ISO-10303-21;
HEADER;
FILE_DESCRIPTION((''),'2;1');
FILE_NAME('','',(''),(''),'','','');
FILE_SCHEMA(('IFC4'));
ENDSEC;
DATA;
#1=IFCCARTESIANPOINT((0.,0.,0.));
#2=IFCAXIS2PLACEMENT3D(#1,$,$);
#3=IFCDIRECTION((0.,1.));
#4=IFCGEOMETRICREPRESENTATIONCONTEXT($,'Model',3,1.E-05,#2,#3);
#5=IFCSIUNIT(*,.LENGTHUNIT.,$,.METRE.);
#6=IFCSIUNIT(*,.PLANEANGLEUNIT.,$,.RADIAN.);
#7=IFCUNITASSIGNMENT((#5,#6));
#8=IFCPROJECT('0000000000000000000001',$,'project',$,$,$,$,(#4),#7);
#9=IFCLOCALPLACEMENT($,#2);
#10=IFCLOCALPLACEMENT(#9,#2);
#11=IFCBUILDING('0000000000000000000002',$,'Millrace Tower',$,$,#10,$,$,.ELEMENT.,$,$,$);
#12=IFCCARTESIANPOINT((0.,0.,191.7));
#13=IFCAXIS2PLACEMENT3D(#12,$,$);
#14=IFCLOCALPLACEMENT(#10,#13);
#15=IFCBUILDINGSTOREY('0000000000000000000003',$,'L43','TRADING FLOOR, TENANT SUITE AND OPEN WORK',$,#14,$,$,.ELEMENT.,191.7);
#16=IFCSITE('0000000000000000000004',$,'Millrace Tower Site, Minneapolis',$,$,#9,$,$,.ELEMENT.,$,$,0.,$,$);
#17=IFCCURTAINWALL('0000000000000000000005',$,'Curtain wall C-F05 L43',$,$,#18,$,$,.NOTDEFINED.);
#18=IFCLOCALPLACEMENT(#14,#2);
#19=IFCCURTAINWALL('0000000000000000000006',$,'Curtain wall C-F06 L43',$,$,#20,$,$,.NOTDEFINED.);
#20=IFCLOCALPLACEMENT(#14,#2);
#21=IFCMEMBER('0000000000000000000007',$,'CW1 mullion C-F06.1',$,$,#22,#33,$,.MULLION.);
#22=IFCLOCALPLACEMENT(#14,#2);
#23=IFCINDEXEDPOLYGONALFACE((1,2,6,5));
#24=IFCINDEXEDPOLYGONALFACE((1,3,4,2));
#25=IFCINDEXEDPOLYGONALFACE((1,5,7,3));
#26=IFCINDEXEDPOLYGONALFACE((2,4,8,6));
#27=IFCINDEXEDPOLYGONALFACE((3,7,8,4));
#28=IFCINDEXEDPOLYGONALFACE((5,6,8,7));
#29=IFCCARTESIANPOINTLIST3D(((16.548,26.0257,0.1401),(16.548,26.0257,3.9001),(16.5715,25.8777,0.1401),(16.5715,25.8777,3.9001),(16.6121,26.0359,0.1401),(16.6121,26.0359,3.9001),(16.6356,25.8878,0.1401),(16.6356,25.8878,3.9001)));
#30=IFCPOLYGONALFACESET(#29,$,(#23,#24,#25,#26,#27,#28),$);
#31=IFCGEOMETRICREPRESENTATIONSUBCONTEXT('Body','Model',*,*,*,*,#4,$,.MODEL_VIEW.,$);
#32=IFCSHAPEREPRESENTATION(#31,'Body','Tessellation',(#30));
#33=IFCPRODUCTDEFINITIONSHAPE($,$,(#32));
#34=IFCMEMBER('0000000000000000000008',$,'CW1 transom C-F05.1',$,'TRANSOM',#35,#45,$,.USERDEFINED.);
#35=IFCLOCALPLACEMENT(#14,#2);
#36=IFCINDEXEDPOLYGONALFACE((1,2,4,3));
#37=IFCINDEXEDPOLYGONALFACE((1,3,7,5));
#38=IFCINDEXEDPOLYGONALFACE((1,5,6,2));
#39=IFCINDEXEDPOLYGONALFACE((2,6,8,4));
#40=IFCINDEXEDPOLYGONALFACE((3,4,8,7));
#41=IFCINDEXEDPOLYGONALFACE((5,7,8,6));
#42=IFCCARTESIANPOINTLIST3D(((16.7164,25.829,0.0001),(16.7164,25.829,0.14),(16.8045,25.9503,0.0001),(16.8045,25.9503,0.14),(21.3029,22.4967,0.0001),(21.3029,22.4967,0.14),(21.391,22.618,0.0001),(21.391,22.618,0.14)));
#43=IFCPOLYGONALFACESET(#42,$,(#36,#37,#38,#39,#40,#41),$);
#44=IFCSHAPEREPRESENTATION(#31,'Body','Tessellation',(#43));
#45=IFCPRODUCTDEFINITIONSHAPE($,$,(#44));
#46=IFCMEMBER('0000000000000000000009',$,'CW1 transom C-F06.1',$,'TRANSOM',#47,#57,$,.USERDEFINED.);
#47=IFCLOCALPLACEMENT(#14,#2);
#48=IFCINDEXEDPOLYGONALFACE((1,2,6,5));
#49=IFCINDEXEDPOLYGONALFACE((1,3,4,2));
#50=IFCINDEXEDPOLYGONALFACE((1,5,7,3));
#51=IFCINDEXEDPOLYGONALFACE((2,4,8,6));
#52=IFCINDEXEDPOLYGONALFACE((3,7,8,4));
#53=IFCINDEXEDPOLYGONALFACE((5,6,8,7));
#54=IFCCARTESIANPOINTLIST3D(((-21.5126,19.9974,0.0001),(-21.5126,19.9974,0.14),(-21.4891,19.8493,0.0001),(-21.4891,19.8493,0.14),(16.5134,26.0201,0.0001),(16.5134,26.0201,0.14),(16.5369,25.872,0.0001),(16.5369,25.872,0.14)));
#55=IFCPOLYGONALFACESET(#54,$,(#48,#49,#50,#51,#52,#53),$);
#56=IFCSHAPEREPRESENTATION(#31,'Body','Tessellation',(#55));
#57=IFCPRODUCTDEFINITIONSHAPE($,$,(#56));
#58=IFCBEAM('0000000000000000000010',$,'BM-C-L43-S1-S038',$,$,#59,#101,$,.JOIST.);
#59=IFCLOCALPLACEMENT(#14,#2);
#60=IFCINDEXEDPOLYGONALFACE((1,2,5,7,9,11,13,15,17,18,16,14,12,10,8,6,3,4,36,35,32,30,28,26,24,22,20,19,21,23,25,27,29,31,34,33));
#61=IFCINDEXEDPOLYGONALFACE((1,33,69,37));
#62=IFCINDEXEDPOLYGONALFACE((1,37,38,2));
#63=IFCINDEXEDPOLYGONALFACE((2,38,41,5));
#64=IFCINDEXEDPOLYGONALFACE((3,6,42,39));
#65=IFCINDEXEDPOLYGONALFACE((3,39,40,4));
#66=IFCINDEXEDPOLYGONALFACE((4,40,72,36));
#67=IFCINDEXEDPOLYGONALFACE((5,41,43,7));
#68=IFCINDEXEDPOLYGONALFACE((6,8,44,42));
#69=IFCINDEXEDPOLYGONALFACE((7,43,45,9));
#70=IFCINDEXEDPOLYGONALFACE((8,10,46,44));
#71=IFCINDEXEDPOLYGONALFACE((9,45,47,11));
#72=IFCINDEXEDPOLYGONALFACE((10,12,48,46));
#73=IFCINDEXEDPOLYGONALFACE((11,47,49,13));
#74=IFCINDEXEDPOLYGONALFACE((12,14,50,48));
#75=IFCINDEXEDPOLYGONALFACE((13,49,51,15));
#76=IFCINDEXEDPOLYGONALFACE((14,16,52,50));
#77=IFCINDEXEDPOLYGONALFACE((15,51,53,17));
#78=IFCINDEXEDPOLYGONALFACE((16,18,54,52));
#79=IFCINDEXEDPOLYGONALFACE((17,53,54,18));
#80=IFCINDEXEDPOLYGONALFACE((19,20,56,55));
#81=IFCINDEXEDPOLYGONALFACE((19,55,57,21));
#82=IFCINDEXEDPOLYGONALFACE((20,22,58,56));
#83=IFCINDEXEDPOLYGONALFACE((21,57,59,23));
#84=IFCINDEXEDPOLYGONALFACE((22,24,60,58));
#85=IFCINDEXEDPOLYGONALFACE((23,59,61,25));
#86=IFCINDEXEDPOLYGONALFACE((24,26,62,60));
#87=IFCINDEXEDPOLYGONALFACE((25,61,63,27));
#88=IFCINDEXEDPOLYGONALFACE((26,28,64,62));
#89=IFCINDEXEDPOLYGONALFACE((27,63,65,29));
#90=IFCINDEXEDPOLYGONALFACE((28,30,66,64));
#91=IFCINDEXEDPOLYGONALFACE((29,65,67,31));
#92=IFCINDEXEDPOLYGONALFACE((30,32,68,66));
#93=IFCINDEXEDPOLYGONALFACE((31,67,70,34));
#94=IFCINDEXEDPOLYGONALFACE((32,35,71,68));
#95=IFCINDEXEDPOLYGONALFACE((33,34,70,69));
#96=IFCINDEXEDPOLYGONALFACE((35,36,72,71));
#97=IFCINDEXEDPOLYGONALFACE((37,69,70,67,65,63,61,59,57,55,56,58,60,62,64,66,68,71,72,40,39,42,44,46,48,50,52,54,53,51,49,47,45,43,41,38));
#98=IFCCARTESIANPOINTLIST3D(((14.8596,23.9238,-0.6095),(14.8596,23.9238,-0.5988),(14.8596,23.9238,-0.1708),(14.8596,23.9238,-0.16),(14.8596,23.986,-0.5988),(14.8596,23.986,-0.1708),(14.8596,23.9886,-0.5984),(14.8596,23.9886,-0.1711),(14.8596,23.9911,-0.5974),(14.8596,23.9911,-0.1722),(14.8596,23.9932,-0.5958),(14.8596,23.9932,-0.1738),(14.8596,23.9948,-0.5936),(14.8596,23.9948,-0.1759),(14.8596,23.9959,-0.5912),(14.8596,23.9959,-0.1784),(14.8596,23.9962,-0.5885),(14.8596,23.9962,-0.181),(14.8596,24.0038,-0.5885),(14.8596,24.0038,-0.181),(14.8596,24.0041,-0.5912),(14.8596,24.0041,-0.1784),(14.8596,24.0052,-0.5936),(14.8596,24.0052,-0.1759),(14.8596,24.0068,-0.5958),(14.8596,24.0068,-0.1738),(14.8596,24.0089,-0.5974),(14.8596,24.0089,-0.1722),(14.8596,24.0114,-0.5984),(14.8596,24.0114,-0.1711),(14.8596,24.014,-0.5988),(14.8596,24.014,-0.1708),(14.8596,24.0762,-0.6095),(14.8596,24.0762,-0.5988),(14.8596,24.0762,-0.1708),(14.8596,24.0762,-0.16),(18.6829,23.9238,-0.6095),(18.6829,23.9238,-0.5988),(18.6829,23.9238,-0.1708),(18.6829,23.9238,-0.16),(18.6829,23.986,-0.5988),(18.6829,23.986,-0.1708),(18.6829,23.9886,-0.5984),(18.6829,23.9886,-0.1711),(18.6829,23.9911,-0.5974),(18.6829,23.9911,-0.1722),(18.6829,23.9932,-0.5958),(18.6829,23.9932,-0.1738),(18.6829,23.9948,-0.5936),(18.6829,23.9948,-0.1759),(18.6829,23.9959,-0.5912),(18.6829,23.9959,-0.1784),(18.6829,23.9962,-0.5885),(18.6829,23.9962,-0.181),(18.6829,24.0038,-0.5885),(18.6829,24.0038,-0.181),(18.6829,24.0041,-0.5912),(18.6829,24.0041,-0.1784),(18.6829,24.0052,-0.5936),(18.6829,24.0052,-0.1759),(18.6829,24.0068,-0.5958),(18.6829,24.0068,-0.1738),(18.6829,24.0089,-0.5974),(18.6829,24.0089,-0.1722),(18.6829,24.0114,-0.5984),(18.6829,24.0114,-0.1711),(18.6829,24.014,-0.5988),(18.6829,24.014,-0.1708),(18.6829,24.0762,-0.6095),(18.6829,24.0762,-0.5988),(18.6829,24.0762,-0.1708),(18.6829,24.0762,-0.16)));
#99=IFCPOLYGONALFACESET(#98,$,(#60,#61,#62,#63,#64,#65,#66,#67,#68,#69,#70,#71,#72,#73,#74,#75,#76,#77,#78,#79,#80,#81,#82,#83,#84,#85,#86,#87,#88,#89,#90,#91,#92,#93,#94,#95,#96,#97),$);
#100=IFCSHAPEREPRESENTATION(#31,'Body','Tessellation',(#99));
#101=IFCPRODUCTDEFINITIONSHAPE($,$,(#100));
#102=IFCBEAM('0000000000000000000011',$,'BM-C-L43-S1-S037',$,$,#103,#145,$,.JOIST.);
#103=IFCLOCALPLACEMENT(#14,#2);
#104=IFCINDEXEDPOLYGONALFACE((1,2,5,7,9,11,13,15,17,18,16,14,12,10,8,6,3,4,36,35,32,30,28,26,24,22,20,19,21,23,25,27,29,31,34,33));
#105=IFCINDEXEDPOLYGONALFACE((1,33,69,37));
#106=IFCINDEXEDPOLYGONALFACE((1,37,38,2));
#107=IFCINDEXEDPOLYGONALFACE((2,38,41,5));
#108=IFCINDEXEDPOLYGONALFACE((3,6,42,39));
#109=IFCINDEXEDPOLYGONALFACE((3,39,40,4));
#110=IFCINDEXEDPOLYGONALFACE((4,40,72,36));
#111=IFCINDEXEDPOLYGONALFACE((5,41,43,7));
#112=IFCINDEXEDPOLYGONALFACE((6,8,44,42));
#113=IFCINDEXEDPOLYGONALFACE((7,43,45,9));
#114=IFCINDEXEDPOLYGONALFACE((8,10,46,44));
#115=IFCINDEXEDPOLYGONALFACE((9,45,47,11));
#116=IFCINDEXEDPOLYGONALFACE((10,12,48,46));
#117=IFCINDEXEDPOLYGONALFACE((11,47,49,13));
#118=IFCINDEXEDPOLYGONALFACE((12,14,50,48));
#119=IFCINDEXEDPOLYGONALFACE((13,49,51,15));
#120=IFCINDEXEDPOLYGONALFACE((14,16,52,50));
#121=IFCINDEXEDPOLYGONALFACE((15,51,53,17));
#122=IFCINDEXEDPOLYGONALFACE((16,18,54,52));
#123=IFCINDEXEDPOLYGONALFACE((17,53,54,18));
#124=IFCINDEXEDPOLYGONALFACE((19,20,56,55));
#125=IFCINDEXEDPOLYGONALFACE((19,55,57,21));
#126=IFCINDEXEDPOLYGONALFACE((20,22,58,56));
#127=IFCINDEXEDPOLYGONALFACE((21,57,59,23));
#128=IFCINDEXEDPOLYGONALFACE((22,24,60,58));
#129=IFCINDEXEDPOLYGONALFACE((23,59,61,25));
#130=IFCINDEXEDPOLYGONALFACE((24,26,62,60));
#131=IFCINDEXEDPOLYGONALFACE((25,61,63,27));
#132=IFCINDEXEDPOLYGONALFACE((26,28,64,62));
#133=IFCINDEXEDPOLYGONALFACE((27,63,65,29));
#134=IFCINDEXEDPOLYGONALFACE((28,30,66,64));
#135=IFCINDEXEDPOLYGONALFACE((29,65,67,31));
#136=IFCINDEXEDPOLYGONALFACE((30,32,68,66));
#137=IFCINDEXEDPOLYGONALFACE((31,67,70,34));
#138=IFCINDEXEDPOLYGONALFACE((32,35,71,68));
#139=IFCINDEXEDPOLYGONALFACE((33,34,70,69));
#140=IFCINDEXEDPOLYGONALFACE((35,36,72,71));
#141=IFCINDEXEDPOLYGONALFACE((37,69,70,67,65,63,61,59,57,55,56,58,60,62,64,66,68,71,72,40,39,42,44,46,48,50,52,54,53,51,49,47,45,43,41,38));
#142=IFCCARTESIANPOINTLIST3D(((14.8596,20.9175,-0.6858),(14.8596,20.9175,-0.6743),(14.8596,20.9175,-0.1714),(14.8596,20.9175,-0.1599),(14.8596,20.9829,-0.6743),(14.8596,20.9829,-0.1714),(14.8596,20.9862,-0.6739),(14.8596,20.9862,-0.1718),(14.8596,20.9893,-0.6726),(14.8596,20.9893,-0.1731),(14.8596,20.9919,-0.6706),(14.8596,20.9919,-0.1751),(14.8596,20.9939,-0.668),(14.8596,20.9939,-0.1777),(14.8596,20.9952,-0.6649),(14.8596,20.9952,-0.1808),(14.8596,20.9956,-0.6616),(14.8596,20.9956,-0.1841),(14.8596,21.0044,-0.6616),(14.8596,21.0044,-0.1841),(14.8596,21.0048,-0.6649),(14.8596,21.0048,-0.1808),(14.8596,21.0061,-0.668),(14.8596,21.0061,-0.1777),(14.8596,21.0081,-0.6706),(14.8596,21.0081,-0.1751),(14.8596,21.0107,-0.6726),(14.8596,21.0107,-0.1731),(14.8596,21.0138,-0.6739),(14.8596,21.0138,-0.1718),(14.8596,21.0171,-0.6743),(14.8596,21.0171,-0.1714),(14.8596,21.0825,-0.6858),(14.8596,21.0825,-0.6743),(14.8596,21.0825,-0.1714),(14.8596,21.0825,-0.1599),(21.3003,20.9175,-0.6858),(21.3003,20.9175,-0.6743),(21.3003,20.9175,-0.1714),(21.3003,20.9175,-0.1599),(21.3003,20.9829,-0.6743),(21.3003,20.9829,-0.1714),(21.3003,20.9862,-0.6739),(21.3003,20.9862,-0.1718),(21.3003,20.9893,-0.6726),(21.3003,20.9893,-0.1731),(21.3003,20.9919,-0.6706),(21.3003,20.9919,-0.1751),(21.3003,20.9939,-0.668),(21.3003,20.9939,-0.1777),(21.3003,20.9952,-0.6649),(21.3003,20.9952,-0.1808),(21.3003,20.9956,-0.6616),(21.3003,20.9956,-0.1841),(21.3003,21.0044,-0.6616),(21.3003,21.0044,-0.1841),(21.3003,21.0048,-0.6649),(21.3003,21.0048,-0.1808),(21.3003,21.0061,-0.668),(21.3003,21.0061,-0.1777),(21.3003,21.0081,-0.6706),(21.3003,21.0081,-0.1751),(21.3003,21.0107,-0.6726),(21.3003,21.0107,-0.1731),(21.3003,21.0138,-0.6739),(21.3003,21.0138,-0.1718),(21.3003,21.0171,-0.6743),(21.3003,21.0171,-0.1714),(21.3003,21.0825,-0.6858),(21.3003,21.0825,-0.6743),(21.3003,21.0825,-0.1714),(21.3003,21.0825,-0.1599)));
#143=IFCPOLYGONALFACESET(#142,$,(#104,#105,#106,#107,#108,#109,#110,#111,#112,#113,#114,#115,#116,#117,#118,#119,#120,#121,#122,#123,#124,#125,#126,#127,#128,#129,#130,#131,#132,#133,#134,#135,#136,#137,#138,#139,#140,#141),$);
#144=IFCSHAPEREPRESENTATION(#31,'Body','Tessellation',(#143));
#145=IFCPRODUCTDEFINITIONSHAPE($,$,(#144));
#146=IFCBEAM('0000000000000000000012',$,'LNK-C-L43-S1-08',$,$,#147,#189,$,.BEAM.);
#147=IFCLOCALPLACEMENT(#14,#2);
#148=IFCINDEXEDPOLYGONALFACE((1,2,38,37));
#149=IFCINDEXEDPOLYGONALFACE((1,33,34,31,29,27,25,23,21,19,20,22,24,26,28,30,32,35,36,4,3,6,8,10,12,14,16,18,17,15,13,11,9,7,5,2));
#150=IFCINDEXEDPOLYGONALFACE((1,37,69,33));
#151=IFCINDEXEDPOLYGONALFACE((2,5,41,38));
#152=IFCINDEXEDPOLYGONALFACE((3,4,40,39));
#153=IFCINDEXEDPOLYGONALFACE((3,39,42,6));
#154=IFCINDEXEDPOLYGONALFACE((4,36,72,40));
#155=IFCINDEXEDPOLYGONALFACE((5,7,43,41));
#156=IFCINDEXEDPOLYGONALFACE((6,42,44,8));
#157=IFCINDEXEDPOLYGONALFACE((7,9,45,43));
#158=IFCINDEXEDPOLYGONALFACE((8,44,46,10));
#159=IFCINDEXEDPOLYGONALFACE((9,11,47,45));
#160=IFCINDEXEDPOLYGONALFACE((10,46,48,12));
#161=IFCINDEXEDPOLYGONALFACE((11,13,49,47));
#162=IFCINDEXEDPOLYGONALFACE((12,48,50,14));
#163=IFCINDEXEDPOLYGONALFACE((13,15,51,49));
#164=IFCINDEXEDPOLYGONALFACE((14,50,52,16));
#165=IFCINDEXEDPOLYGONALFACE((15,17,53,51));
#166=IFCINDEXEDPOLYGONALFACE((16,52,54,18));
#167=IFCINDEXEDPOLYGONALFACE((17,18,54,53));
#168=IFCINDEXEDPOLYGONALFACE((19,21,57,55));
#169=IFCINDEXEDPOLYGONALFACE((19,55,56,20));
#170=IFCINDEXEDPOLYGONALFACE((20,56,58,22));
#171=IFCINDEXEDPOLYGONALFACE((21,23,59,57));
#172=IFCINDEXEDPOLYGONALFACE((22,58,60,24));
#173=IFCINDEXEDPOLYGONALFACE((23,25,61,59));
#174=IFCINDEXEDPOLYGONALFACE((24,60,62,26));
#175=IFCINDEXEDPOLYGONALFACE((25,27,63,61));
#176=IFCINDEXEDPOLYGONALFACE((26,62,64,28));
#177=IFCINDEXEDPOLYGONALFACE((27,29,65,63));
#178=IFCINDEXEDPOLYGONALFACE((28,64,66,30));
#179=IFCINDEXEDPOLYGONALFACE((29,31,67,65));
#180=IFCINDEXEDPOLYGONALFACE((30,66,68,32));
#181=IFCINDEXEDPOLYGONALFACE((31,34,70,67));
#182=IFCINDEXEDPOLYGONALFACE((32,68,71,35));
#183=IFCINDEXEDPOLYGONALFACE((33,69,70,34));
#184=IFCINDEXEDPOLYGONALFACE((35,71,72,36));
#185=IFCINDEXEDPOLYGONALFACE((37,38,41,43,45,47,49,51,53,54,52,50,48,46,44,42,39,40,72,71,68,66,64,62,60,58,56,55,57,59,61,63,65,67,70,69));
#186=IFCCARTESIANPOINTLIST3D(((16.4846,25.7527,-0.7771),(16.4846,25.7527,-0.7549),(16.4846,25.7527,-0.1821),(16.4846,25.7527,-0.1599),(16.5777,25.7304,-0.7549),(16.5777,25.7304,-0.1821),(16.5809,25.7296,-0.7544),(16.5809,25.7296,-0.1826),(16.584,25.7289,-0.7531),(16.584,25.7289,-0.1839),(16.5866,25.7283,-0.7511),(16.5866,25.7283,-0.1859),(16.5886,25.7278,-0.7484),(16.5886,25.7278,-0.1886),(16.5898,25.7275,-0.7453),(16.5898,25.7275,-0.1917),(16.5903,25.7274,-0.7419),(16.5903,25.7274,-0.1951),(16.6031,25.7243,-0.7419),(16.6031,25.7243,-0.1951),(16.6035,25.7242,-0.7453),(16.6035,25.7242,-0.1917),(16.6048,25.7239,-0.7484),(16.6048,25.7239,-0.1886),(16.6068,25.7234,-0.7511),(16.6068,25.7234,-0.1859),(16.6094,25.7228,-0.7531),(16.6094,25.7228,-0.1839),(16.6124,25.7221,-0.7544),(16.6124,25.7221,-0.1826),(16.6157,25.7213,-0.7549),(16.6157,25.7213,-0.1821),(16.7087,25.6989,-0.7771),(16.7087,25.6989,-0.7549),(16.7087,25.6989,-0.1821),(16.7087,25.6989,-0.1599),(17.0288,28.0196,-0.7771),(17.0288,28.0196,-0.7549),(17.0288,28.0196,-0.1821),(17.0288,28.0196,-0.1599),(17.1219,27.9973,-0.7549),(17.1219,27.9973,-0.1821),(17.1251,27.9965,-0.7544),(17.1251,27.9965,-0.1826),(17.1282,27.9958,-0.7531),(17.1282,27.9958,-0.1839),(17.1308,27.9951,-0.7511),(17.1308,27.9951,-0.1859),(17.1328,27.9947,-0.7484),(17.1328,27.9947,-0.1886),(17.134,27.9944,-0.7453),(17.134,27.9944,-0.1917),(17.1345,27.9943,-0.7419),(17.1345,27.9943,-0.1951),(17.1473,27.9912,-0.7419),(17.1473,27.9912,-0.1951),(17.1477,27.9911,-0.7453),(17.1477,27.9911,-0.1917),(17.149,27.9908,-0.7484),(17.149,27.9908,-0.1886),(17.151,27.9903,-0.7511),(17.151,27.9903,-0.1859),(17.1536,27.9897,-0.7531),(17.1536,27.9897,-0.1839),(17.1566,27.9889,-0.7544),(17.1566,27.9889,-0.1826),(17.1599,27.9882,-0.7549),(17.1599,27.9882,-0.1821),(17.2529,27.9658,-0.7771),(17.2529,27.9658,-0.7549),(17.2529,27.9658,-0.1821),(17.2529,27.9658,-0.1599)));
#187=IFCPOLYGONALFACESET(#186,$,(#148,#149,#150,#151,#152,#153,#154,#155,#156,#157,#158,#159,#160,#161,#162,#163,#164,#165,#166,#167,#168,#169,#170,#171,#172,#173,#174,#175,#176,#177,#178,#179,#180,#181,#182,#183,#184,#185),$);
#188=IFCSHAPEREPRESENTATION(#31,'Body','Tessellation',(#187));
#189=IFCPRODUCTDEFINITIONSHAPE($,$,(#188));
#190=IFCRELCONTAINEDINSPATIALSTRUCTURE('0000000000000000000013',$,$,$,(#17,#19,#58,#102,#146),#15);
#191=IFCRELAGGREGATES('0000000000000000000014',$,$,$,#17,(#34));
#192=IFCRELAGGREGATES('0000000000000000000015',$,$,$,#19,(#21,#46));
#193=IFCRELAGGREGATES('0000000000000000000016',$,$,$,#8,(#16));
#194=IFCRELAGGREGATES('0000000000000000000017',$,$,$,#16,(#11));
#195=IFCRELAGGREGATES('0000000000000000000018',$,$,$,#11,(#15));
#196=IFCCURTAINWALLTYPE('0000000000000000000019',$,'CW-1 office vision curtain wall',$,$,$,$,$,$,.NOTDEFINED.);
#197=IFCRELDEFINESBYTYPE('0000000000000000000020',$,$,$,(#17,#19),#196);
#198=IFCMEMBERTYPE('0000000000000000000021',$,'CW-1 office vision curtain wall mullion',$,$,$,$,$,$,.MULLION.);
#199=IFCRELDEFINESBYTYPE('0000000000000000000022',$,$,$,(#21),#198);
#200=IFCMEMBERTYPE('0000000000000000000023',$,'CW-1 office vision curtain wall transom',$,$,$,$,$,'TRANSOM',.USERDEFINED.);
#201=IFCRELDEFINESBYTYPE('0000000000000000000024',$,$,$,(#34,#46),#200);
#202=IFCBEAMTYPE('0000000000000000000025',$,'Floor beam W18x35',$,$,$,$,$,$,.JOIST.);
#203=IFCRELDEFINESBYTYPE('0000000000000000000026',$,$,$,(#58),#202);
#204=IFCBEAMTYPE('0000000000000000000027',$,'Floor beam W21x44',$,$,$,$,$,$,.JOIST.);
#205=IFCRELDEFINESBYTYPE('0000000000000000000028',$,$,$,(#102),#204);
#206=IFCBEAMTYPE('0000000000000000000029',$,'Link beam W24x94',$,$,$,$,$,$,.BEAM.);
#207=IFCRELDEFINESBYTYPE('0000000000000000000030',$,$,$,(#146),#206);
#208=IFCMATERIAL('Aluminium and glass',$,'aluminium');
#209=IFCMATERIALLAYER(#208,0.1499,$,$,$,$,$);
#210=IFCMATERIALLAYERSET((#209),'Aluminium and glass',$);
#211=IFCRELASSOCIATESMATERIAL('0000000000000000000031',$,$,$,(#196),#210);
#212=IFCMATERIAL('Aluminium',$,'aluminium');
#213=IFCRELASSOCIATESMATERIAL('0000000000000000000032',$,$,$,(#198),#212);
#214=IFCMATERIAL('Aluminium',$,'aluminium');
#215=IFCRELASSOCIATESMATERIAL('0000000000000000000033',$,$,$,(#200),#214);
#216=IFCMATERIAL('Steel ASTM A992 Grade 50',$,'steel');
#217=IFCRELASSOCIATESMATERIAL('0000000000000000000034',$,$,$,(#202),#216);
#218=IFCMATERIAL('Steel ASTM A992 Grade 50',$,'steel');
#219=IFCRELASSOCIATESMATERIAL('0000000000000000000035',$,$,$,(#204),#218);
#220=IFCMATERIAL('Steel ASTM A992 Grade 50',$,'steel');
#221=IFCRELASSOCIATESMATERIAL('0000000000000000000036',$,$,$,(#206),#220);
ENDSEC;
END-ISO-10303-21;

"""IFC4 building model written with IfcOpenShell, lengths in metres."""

from ifc_helpers import new_model, si_unit, direction, frame, origin, origin_2d, place, context, subcontext, project, spatial, rectangle, i_section, extrude, material, layer, layer_set, material_profile, profile_set, type_object, element, aggregate, save


model = new_model("IFC4")

# Units and contexts
model_context = context("Model", 3, precision=1e-05, world=origin(), true_north=direction((0.0, 1.0)))
body_context = subcontext(model_context, "Body", "Model", "MODEL_VIEW")
ifc_project = project(units=[si_unit("LENGTHUNIT", "METRE"), si_unit("PLANEANGLEUNIT", "RADIAN")], contexts=[model_context])

# Site, building, storey
site_placement = place(None, origin())
site = spatial("IfcSite", under=ifc_project, at=site_placement, Name="Millrace Tower Site, Minneapolis", CompositionType="ELEMENT", RefElevation=0.0)
building_placement = place(site_placement, origin())
building = spatial("IfcBuilding", under=site, at=building_placement, Name="Millrace Tower", CompositionType="ELEMENT")
storey_placement = place(building_placement, frame((0.0, 0.0, 191.7)))
storey = spatial("IfcBuildingStorey", under=building, at=storey_placement, Name="L43", Description="TRADING FLOOR, TENANT SUITE AND OPEN WORK", CompositionType="ELEMENT", Elevation=191.7)

# Shared definitions
ifc_material_1 = material(Name="Aluminium and glass", Category="aluminium")
ifc_layer_1 = layer(ifc_material_1, 0.1499)
ifc_layer_set_1 = layer_set([ifc_layer_1], Name="Aluminium and glass")
curtain_wall_type = type_object("IfcCurtainWallType", Name="CW-1 office vision curtain wall", PredefinedType="NOTDEFINED", material=ifc_layer_set_1)
placement = place(storey_placement, origin())
ifc_material_2 = material(Name="Aluminium", Category="aluminium")
ifc_material_profile_1 = material_profile(ifc_material_2, rectangle(XDim=0.0649, YDim=0.1499, at=origin_2d()))
ifc_profile_set_1 = profile_set([ifc_material_profile_1], Name="Aluminium")
member_type_1 = type_object("IfcMemberType", Name="CW-1 office vision curtain wall mullion", PredefinedType="MULLION", material=ifc_profile_set_1)

# Curtain walls, member
curtain_wall_1 = element("IfcCurtainWall", 1, at=placement, inside=storey, type_object=curtain_wall_type, Name="Curtain wall C-F05 L43", PredefinedType="NOTDEFINED")
curtain_wall_2 = element("IfcCurtainWall", 2, at=placement, inside=storey, type_object=curtain_wall_type, Name="Curtain wall C-F06 L43", PredefinedType="NOTDEFINED")
member_1_placement = place(storey_placement, frame((16.5918, 25.9568, 0.1401), z_axis=(0.0, 0.0, 1.0), x_axis=(-0.987688, -0.156434, 0.0)))
member_1 = element("IfcMember", 3, at=member_1_placement, type_object=member_type_1, Name="CW1 mullion C-F06.1", PredefinedType="MULLION", context=body_context, shape_type="SweptSolid", body=[
    extrude(rectangle(XDim=0.0649, YDim=0.1499, at=origin_2d()), origin(), (0.0, 0.0, 1.0), 3.76),
])

# Members
ifc_material_3 = material(Name="Aluminium", Category="aluminium")
ifc_material_profile_2 = material_profile(ifc_material_3, rectangle(XDim=0.1499, YDim=0.1399, at=origin_2d()))
ifc_profile_set_2 = profile_set([ifc_material_profile_2], Name="Aluminium")
member_type_2 = type_object("IfcMemberType", Name="CW-1 office vision curtain wall transom", ElementType="TRANSOM", PredefinedType="USERDEFINED", material=ifc_profile_set_2)
member_2_placement = place(storey_placement, frame((21.3469, 22.5574, 0.0701), z_axis=(-0.809013, 0.58779, 0.0), x_axis=(-0.58779, -0.809013, 0.0)))
member_2 = element("IfcMember", 4, at=member_2_placement, type_object=member_type_2, Name="CW1 transom C-F05.1", ObjectType="TRANSOM", PredefinedType="USERDEFINED", context=body_context, shape_type="SweptSolid", body=[
    extrude(rectangle(XDim=0.1499, YDim=0.1399, at=origin_2d()), origin(), (0.0, 0.0, 1.0), 5.6692),
])
aggregate(curtain_wall_1, [member_2])
member_3_placement = place(storey_placement, frame((16.5251, 25.946, 0.0701), z_axis=(-0.987689, -0.156433, 0.0), x_axis=(0.156433, -0.987689, 0.0)))
member_3 = element("IfcMember", 5, at=member_3_placement, type_object=member_type_2, Name="CW1 transom C-F06.1", ObjectType="TRANSOM", PredefinedType="USERDEFINED", context=body_context, shape_type="SweptSolid", body=[
    extrude(rectangle(XDim=0.1499, YDim=0.1399, at=origin_2d()), origin(), (0.0, 0.0, 1.0), 38.5),
])
aggregate(curtain_wall_2, [member_1, member_3])

# Beams
ifc_material_4 = material(Name="Steel ASTM A992 Grade 50", Category="steel")
ifc_material_profile_3 = material_profile(ifc_material_4, i_section(OverallWidth=0.1523, OverallDepth=0.4495, WebThickness=0.0076, FlangeThickness=0.0107, FilletRadius=0.0103, at=origin_2d()))
ifc_profile_set_3 = profile_set([ifc_material_profile_3], Name="Steel ASTM A992 Grade 50")
beam_type_1 = type_object("IfcBeamType", Name="Floor beam W18x35", PredefinedType="JOIST", material=ifc_profile_set_3)
beam_1_placement = place(storey_placement, frame((14.8596, 24.0, -0.3848), z_axis=(1.0, 0.0, 0.0), x_axis=(0.0, 1.0, 0.0)))
element("IfcBeam", 6, at=beam_1_placement, inside=storey, type_object=beam_type_1, Name="BM-C-L43-S1-S038", PredefinedType="JOIST", context=body_context, shape_type="SweptSolid", body=[
    extrude(i_section(OverallWidth=0.1523, OverallDepth=0.4495, WebThickness=0.0076, FlangeThickness=0.0107, FilletRadius=0.0103, at=origin_2d()), origin(), (0.0, 0.0, 1.0), 3.8232),
])
ifc_material_5 = material(Name="Steel ASTM A992 Grade 50", Category="steel")
ifc_material_profile_4 = material_profile(ifc_material_5, i_section(OverallWidth=0.165, OverallDepth=0.5259, WebThickness=0.0088, FlangeThickness=0.0115, FilletRadius=0.0127, at=origin_2d()))
ifc_profile_set_4 = profile_set([ifc_material_profile_4], Name="Steel ASTM A992 Grade 50")
beam_type_2 = type_object("IfcBeamType", Name="Floor beam W21x44", PredefinedType="JOIST", material=ifc_profile_set_4)
beam_2_placement = place(storey_placement, frame((14.8596, 21.0, -0.4229), z_axis=(1.0, 0.0, 0.0), x_axis=(0.0, 1.0, 0.0)))
element("IfcBeam", 7, at=beam_2_placement, inside=storey, type_object=beam_type_2, Name="BM-C-L43-S1-S037", PredefinedType="JOIST", context=body_context, shape_type="SweptSolid", body=[
    extrude(i_section(OverallWidth=0.165, OverallDepth=0.5259, WebThickness=0.0088, FlangeThickness=0.0115, FilletRadius=0.0127, at=origin_2d()), origin(), (0.0, 0.0, 1.0), 6.4407),
])
ifc_material_6 = material(Name="Steel ASTM A992 Grade 50", Category="steel")
ifc_material_profile_5 = material_profile(ifc_material_6, i_section(OverallWidth=0.2305, OverallDepth=0.6172, WebThickness=0.0132, FlangeThickness=0.0222, FilletRadius=0.0129, at=origin_2d()))
ifc_profile_set_5 = profile_set([ifc_material_profile_5], Name="Steel ASTM A992 Grade 50")
beam_type_3 = type_object("IfcBeamType", Name="Link beam W24x94", PredefinedType="BEAM", material=ifc_profile_set_5)
beam_3_placement = place(storey_placement, frame((16.5967, 25.7258, -0.4685), z_axis=(0.233432, 0.972373, 0.0), x_axis=(-0.972373, 0.233432, 0.0)))
element("IfcBeam", 8, at=beam_3_placement, inside=storey, type_object=beam_type_3, Name="LNK-C-L43-S1-08", PredefinedType="BEAM", context=body_context, shape_type="SweptSolid", body=[
    extrude(i_section(OverallWidth=0.2305, OverallDepth=0.6172, WebThickness=0.0132, FlangeThickness=0.0222, FilletRadius=0.0129, at=origin_2d()), origin(), (0.0, 0.0, 1.0), 2.3313),
])

save(model, "model.ifc")
